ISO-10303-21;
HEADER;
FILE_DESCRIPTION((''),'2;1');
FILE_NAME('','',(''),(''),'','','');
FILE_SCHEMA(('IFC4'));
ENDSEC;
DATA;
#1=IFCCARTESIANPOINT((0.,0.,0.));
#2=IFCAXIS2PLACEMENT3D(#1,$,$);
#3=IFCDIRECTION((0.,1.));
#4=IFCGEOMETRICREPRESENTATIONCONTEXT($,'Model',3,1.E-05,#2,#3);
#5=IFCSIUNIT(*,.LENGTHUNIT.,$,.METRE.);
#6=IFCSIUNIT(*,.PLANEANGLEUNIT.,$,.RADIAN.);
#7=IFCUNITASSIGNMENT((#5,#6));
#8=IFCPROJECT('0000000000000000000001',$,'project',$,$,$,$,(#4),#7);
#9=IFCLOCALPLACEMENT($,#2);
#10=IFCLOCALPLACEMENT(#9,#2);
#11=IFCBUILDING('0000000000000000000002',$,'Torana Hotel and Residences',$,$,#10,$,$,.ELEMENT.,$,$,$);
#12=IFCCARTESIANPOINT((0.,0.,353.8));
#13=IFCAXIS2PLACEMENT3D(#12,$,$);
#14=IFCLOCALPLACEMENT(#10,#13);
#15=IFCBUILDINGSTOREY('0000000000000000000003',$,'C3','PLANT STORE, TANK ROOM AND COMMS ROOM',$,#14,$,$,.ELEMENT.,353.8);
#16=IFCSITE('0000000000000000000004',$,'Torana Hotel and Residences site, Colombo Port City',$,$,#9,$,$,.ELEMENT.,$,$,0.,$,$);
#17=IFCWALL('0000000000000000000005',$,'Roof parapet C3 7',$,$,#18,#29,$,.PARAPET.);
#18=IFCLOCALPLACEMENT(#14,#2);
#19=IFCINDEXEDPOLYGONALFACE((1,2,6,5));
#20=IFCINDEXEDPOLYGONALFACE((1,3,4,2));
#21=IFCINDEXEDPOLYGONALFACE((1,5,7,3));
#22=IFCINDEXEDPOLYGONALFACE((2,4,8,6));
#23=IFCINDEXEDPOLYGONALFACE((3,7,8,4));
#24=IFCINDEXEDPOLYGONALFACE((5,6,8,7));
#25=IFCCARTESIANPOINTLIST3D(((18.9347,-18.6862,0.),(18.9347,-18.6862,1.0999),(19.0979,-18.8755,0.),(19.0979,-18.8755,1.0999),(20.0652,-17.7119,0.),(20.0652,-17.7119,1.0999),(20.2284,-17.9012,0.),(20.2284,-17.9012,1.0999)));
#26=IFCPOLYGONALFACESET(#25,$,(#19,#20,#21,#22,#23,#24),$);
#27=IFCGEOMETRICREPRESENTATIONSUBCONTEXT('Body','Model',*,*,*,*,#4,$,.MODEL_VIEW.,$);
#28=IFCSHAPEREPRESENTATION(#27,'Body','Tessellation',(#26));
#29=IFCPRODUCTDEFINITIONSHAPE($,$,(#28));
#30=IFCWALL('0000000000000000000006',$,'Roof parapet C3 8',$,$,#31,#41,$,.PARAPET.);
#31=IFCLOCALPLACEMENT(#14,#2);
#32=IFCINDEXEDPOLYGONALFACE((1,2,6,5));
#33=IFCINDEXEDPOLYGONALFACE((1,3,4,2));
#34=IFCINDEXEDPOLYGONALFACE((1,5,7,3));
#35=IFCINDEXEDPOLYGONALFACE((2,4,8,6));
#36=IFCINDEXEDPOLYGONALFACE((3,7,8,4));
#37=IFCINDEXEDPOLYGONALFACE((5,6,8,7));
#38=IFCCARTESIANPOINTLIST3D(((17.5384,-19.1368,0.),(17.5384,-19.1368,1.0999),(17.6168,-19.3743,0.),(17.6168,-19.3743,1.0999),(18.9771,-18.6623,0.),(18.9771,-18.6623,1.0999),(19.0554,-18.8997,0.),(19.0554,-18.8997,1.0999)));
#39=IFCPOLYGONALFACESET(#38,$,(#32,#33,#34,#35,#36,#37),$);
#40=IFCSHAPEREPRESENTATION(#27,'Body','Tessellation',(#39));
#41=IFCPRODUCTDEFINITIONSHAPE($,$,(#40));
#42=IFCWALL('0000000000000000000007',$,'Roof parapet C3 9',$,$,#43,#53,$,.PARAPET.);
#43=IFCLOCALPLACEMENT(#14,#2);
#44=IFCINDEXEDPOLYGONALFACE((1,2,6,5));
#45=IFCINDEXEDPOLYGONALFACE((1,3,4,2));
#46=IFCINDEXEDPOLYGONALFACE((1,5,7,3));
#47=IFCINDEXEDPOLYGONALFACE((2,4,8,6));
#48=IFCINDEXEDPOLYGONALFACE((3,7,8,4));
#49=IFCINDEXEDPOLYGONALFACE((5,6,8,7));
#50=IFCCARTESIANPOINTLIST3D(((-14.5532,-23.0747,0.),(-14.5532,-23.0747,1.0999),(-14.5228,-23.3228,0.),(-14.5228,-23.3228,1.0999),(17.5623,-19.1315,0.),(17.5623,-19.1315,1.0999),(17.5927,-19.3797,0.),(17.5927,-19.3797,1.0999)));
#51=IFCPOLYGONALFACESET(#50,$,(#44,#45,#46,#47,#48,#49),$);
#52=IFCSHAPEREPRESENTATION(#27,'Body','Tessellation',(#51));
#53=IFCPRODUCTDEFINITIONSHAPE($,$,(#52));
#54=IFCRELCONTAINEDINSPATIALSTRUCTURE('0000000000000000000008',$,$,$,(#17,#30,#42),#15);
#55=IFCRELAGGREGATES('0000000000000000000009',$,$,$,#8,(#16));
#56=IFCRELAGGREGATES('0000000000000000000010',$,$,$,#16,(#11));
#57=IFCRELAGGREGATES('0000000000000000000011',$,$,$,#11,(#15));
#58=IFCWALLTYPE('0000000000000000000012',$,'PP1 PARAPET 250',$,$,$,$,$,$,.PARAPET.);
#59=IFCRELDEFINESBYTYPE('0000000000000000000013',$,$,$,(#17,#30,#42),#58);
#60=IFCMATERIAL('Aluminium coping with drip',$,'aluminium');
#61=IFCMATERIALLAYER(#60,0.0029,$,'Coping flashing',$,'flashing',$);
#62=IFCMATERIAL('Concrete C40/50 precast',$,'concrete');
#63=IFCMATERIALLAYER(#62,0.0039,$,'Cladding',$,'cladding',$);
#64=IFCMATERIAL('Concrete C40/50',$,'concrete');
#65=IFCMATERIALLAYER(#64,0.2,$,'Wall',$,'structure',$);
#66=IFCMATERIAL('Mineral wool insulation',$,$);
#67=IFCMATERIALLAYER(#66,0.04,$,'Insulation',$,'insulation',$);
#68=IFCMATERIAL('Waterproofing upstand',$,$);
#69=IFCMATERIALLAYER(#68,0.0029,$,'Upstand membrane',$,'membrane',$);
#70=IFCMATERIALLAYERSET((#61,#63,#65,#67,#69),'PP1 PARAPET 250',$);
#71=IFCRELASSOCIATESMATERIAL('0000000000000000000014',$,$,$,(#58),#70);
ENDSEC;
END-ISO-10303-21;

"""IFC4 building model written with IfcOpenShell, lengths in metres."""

from ifc_helpers import new_model, si_unit, direction, frame, frame_2d, origin, place, context, subcontext, project, spatial, rectangle, extrude, material, layer, layer_set, type_object, element, save


model = new_model("IFC4")

# Units and contexts
model_context = context("Model", 3, precision=1e-05, world=origin(), true_north=direction((0.0, 1.0)))
body_context = subcontext(model_context, "Body", "Model", "MODEL_VIEW")
ifc_project = project(units=[si_unit("LENGTHUNIT", "METRE"), si_unit("PLANEANGLEUNIT", "RADIAN")], contexts=[model_context])

# Site, building, storey
site_placement = place(None, origin())
site = spatial("IfcSite", under=ifc_project, at=site_placement, Name="Torana Hotel and Residences site, Colombo Port City", CompositionType="ELEMENT", RefElevation=0.0)
building_placement = place(site_placement, origin())
building = spatial("IfcBuilding", under=site, at=building_placement, Name="Torana Hotel and Residences", CompositionType="ELEMENT")
storey_placement = place(building_placement, frame((0.0, 0.0, 353.8)))
storey = spatial("IfcBuildingStorey", under=building, at=storey_placement, Name="C3", Description="PLANT STORE, TANK ROOM AND COMMS ROOM", CompositionType="ELEMENT", Elevation=353.8)

# Walls
ifc_material_1 = material(Name="Aluminium coping with drip", Category="aluminium")
ifc_layer_1 = layer(ifc_material_1, 0.0029, Name="Coping flashing", Category="flashing")
ifc_material_2 = material(Name="Concrete C40/50 precast", Category="concrete")
ifc_layer_2 = layer(ifc_material_2, 0.0039, Name="Cladding", Category="cladding")
ifc_material_3 = material(Name="Concrete C40/50", Category="concrete")
ifc_layer_3 = layer(ifc_material_3, 0.2, Name="Wall", Category="structure")
ifc_material_4 = material(Name="Mineral wool insulation")
ifc_layer_4 = layer(ifc_material_4, 0.04, Name="Insulation", Category="insulation")
ifc_material_5 = material(Name="Waterproofing upstand")
ifc_layer_5 = layer(ifc_material_5, 0.0029, Name="Upstand membrane", Category="membrane")
ifc_layer_set_1 = layer_set([ifc_layer_1, ifc_layer_2, ifc_layer_3, ifc_layer_4, ifc_layer_5], Name="PP1 PARAPET 250")
wall_type_1 = type_object("IfcWallType", Name="PP1 PARAPET 250", PredefinedType="PARAPET", material=ifc_layer_set_1)
for number, where, z_axis, x_axis, name in (
    (1, (20.1467, -17.8066, 0.0), (0.0, 0.0, 1.0), (-0.75751, -0.652823, 0.0), "Roof parapet C3 7"),
):
    element("IfcWall", number, at=place(storey_placement, frame(where, z_axis=z_axis, x_axis=x_axis)), inside=storey, type_object=wall_type_1, Name=name, PredefinedType="PARAPET", context=body_context, shape_type="SweptSolid", body=[
        extrude(rectangle(XDim=1.4924, YDim=0.25, at=frame_2d((0.7461, 0.0))), origin(), (0.0, 0.0, 1.0), 1.0999),
    ])
wall_1_placement = place(storey_placement, frame((19.0161, -18.781, 0.0), z_axis=(0.0, 0.0, 1.0), x_axis=(-0.949662, -0.313277, 0.0)))
element("IfcWall", 2, at=wall_1_placement, inside=storey, type_object=wall_type_1, Name="Roof parapet C3 8", PredefinedType="PARAPET", context=body_context, shape_type="SweptSolid", body=[
    extrude(rectangle(XDim=1.5149, YDim=0.25, at=frame_2d((0.7573, 0.0))), origin(), (0.0, 0.0, 1.0), 1.0999),
])
wall_2_placement = place(storey_placement, frame((17.5774, -19.2556, 0.0), z_axis=(0.0, 0.0, 1.0), x_axis=(-0.992547, -0.121864, 0.0)))
element("IfcWall", 3, at=wall_2_placement, inside=storey, type_object=wall_type_1, Name="Roof parapet C3 9", PredefinedType="PARAPET", context=body_context, shape_type="SweptSolid", body=[
    extrude(rectangle(XDim=32.3567, YDim=0.25, at=frame_2d((16.1782, 0.0))), origin(), (0.0, 0.0, 1.0), 1.0999),
])

save(model, "model.ifc")
